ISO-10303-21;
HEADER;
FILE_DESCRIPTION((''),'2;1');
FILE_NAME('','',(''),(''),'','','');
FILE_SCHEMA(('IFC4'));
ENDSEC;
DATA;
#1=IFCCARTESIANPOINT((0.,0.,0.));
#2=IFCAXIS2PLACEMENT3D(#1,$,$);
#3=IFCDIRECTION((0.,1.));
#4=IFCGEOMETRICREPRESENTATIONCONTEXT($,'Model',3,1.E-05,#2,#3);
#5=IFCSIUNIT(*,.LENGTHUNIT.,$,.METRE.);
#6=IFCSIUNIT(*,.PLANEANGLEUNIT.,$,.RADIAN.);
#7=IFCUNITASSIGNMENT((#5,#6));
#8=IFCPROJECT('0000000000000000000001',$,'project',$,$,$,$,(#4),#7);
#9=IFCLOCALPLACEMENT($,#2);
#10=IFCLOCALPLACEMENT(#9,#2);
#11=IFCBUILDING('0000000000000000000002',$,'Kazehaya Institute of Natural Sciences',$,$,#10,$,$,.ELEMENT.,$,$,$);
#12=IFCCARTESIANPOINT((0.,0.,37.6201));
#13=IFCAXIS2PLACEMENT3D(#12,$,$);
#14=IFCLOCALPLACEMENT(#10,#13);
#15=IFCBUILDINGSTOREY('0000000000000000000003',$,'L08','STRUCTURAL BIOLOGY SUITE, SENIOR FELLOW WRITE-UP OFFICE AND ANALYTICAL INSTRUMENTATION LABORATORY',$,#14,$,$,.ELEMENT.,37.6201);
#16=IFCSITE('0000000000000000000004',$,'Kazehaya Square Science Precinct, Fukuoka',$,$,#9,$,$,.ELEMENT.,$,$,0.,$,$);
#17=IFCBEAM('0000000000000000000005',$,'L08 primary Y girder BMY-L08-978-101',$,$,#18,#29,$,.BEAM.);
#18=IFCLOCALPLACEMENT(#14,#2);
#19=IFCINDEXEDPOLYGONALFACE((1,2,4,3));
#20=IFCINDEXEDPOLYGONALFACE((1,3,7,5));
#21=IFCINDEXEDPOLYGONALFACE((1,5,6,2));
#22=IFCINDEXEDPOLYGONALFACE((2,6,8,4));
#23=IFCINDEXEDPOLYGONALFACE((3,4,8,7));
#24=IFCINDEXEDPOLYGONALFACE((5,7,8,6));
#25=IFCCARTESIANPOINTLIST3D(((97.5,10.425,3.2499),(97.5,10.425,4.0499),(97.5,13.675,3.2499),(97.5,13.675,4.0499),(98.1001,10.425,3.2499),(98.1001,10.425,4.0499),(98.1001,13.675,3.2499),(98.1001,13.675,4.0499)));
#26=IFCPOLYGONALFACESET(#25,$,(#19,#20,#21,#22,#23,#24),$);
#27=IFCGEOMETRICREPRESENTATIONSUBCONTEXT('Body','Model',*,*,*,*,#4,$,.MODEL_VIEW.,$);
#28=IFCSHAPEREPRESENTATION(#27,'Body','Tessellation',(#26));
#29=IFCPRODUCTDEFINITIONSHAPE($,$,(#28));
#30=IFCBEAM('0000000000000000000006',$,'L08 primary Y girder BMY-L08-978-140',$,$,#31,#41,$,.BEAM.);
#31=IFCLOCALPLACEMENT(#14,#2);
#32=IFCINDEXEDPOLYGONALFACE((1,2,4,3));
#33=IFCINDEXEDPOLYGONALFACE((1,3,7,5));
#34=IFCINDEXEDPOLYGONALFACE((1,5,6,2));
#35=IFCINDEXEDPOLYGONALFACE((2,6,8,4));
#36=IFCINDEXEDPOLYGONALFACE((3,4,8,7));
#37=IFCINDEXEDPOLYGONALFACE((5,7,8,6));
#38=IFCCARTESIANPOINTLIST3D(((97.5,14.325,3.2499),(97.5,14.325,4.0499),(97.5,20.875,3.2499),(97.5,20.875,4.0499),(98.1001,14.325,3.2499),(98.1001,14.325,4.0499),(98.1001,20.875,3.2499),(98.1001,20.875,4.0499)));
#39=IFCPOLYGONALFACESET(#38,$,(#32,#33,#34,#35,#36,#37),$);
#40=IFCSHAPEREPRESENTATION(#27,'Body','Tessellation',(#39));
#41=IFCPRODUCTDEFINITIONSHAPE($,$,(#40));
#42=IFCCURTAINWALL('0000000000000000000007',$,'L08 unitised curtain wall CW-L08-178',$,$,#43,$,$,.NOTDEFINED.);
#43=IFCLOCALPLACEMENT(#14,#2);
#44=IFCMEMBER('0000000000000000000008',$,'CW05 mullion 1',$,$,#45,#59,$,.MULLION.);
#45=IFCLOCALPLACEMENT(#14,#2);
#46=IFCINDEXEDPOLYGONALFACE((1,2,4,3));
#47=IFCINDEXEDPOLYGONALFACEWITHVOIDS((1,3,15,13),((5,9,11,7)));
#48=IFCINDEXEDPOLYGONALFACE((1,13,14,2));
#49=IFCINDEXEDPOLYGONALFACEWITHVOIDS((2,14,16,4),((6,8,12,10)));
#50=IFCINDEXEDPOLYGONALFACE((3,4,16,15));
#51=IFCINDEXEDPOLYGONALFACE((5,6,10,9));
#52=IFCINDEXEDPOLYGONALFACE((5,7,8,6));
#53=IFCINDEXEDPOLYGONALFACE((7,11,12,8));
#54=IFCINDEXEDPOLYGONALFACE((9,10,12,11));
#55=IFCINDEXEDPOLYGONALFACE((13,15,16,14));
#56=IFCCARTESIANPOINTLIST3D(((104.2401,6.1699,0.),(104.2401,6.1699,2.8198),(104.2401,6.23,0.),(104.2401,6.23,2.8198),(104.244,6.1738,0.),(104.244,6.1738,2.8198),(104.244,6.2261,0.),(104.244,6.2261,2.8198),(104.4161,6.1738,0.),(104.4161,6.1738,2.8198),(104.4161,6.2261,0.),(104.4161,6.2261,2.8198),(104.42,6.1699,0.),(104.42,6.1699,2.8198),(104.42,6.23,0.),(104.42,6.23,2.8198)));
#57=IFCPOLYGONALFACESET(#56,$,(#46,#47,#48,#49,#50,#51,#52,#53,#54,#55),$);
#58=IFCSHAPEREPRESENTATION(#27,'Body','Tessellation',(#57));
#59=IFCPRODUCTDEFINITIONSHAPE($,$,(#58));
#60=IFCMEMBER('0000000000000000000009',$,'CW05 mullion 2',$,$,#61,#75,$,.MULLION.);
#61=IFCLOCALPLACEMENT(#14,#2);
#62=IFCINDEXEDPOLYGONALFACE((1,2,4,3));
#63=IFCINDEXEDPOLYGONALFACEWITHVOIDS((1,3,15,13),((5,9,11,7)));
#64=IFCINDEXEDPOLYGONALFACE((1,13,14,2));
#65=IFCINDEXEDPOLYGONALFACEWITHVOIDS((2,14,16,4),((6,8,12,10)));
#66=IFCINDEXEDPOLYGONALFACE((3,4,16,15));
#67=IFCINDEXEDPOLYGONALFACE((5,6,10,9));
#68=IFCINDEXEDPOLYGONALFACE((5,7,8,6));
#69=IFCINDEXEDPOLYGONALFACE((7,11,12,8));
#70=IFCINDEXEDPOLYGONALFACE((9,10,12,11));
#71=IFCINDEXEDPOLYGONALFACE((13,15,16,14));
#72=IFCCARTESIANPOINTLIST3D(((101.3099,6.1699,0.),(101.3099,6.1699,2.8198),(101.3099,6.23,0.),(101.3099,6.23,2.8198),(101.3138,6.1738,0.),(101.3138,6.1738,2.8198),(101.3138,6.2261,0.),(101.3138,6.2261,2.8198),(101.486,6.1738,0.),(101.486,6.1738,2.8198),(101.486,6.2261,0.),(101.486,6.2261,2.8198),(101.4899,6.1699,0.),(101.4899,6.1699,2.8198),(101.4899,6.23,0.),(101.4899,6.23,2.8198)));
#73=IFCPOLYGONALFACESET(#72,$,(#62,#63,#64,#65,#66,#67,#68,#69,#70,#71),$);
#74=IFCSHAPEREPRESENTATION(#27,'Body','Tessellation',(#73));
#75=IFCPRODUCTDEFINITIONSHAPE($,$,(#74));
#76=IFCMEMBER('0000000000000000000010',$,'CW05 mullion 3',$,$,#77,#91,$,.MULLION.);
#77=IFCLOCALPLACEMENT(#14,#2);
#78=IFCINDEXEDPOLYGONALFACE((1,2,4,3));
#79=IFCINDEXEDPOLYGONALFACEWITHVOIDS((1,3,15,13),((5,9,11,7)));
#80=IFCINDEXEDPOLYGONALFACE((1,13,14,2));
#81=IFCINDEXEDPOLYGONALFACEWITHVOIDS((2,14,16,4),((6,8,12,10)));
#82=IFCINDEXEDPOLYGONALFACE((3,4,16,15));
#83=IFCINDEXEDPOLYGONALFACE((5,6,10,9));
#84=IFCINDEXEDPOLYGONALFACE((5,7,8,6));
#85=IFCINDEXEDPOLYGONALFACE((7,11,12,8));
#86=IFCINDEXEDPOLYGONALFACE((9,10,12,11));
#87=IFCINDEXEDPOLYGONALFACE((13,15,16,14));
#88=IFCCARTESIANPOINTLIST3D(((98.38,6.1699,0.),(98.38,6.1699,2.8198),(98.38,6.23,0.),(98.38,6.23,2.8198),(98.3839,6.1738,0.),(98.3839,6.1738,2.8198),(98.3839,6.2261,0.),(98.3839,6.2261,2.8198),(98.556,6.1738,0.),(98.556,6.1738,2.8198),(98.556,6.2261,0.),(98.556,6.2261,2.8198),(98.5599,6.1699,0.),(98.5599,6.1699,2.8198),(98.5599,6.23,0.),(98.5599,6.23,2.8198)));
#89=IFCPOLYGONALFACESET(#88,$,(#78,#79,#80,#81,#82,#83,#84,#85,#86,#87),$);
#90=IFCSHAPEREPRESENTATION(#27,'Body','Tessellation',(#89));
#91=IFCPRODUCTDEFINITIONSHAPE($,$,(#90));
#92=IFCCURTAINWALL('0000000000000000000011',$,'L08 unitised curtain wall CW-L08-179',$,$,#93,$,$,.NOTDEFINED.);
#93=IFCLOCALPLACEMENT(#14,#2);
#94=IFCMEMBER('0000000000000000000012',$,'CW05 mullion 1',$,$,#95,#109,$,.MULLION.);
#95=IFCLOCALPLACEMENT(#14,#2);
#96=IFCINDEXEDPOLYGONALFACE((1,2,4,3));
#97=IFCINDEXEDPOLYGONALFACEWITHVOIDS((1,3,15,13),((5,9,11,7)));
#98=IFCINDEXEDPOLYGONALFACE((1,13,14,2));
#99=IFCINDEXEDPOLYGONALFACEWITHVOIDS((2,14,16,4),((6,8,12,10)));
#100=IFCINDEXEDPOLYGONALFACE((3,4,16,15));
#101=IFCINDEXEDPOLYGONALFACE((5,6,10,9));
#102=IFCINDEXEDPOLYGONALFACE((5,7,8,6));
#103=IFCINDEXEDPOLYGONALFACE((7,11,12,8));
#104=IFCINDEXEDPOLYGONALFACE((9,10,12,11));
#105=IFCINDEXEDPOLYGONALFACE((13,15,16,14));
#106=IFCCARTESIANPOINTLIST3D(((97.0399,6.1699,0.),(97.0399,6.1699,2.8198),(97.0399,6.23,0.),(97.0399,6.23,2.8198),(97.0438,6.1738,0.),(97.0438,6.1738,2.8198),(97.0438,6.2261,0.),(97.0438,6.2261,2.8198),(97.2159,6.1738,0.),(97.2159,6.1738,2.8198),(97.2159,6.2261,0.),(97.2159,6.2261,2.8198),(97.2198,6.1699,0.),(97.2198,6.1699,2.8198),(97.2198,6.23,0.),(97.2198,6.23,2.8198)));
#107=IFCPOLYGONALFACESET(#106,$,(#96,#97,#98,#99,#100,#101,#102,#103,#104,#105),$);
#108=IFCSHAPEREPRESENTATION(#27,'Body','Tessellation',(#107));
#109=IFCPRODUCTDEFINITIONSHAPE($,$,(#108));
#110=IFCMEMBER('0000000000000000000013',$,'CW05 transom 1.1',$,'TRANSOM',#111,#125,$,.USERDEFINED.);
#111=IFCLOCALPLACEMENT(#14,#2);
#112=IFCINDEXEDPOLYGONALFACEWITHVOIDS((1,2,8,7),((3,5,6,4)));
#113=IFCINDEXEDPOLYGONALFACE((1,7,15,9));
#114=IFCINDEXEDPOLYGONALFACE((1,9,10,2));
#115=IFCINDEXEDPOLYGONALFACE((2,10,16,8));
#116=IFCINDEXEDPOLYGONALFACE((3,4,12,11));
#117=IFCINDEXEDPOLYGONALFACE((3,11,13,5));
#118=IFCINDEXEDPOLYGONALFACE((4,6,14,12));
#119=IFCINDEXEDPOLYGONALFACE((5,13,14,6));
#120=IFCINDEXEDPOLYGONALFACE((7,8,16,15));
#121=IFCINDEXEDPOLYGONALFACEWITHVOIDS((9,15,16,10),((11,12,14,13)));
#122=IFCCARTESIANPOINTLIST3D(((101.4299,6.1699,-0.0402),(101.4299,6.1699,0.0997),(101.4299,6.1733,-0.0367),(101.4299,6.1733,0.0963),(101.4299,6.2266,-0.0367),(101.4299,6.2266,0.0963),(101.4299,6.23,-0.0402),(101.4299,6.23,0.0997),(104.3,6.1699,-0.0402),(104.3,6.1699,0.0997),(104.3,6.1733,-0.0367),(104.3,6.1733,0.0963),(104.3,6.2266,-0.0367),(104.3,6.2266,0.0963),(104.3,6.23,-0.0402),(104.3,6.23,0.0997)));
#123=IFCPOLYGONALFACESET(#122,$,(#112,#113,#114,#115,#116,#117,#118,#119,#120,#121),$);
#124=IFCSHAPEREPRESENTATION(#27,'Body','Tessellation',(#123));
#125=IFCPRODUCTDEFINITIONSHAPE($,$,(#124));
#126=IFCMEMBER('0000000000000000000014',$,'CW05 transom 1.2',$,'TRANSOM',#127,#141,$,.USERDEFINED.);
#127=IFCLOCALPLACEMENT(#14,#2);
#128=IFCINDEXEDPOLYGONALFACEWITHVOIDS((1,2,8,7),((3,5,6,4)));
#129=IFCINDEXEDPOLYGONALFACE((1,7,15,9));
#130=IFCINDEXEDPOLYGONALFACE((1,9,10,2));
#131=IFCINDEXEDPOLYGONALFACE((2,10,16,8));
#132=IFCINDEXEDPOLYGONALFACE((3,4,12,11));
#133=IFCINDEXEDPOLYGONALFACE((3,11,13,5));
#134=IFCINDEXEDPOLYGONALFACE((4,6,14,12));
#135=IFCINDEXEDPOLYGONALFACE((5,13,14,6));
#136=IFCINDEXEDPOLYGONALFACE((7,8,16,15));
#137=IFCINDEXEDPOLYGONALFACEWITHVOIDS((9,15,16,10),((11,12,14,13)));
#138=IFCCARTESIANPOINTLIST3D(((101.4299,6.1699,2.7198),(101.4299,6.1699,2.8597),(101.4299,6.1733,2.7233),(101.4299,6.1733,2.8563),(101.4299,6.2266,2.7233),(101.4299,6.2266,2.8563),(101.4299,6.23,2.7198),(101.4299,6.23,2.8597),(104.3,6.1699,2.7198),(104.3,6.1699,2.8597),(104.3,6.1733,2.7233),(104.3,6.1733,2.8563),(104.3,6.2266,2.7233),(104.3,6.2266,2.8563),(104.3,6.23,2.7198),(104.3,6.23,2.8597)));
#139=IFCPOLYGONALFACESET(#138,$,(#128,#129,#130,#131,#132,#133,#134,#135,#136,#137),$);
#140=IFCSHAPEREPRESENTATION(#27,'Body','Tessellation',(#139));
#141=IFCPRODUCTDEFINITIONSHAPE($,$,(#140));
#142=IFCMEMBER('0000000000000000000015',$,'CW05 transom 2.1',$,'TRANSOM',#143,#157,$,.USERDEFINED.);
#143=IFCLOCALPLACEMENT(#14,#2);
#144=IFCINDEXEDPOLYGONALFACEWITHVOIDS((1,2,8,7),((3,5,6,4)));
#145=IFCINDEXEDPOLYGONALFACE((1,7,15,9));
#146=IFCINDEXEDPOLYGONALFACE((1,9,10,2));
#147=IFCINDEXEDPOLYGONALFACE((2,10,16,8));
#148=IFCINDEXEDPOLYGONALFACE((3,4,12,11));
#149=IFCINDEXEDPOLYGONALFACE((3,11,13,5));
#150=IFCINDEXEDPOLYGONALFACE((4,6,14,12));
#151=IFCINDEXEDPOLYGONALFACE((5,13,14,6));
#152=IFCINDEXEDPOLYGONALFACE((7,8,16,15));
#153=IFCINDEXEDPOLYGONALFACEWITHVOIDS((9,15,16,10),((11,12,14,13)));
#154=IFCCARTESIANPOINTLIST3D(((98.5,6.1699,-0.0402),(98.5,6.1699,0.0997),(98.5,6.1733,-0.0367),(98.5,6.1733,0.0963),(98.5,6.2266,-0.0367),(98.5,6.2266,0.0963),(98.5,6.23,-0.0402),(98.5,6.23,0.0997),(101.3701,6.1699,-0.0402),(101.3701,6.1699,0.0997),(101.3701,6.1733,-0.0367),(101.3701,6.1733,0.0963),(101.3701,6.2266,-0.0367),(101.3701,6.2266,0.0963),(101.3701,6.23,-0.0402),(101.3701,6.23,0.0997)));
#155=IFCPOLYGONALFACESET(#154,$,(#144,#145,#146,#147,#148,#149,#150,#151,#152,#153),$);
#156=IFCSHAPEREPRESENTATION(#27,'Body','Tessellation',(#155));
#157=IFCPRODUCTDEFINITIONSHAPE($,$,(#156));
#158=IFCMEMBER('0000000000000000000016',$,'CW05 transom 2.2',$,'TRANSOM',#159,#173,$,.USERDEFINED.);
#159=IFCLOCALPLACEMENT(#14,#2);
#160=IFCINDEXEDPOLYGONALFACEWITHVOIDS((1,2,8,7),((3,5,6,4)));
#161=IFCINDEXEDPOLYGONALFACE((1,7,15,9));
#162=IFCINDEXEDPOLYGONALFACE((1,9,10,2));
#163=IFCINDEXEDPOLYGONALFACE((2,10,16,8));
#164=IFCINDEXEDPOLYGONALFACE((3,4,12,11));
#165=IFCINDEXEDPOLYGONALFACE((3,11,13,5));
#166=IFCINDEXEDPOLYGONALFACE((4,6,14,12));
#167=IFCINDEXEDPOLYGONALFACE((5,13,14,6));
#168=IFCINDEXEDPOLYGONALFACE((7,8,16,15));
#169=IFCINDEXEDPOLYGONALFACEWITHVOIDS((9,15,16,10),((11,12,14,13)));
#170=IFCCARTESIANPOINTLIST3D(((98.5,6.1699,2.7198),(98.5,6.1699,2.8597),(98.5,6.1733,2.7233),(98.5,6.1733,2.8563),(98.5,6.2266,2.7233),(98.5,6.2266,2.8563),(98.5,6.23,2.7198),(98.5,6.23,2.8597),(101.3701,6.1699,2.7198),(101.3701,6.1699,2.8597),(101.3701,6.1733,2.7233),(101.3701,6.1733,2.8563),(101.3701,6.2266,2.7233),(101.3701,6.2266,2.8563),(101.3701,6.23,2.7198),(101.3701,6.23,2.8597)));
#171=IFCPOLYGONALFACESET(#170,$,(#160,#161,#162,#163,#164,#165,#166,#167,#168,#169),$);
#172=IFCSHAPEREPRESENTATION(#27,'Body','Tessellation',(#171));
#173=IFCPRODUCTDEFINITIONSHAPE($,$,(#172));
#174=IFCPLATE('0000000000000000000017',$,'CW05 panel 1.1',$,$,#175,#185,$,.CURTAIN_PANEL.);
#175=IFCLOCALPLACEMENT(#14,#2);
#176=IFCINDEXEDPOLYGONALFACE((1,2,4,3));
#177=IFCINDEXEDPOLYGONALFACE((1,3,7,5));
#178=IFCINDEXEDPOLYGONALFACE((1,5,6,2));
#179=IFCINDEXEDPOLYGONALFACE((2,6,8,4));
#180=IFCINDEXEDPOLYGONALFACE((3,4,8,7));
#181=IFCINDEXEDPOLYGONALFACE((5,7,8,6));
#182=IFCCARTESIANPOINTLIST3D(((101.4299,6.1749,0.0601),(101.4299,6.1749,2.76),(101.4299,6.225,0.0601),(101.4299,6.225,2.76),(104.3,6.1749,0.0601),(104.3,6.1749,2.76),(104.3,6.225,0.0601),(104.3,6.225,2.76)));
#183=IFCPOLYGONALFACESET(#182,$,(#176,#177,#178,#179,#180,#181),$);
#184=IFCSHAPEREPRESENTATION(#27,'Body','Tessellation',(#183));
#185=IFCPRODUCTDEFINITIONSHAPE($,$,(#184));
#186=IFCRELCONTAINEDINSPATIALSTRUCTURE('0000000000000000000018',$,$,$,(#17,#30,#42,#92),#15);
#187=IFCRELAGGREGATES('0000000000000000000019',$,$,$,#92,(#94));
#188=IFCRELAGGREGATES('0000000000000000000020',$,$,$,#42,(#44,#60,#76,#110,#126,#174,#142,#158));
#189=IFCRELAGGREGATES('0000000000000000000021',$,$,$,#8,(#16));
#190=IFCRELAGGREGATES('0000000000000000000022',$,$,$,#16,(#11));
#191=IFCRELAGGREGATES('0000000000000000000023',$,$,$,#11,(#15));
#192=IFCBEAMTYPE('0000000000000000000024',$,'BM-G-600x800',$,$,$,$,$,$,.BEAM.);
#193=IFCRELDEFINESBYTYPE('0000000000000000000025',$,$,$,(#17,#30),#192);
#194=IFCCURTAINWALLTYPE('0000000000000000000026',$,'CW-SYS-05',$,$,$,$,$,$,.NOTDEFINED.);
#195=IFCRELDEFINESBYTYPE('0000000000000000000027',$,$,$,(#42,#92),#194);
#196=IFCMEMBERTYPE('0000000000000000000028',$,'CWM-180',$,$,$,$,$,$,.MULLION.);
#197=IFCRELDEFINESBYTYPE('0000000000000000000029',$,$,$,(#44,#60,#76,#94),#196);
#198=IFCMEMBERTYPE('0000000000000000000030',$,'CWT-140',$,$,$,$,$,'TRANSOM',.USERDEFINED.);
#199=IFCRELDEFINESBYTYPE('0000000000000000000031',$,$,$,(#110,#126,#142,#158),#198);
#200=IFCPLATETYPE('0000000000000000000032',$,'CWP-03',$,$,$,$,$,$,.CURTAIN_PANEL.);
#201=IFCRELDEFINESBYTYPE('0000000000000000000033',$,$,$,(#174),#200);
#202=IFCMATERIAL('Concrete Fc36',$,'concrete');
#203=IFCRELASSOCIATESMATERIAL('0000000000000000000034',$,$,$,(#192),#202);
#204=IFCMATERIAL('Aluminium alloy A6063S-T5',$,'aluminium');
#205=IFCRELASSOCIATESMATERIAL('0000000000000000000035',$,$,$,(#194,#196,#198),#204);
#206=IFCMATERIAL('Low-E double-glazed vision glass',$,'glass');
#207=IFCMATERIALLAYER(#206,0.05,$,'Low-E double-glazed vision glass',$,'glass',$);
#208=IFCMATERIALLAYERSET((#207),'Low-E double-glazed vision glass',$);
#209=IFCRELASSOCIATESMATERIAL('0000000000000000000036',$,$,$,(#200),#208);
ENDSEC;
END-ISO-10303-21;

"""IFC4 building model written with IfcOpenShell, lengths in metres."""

from ifc_helpers import new_model, si_unit, direction, frame, origin, origin_2d, place, context, subcontext, project, spatial, rectangle, hollow_rectangle, extrude, material, layer, layer_set, material_profile, profile_set, type_object, element, aggregate, save


model = new_model("IFC4")

# Units and contexts
model_context = context("Model", 3, precision=1e-05, world=origin(), true_north=direction((0.0, 1.0)))
body_context = subcontext(model_context, "Body", "Model", "MODEL_VIEW")
ifc_project = project(units=[si_unit("LENGTHUNIT", "METRE"), si_unit("PLANEANGLEUNIT", "RADIAN")], contexts=[model_context])

# Site, building, storey
site_placement = place(None, origin())
site = spatial("IfcSite", under=ifc_project, at=site_placement, Name="Kazehaya Square Science Precinct, Fukuoka", CompositionType="ELEMENT", RefElevation=0.0)
building_placement = place(site_placement, origin())
building = spatial("IfcBuilding", under=site, at=building_placement, Name="Kazehaya Institute of Natural Sciences", CompositionType="ELEMENT")
storey_placement = place(building_placement, frame((0.0, 0.0, 37.6201)))
storey = spatial("IfcBuildingStorey", under=building, at=storey_placement, Name="L08", Description="STRUCTURAL BIOLOGY SUITE, SENIOR FELLOW WRITE-UP OFFICE AND ANALYTICAL INSTRUMENTATION LABORATORY", CompositionType="ELEMENT", Elevation=37.6201)

# Shared definitions
ifc_material_1 = material(Name="Concrete Fc36", Category="concrete")

# Beams
ifc_material_profile_1 = material_profile(ifc_material_1, rectangle(XDim=0.6001, YDim=0.8, at=origin_2d()), Name="RC-600x800")
ifc_profile_set_1 = profile_set([ifc_material_profile_1], Name="Concrete Fc36")
beam_type = type_object("IfcBeamType", Name="BM-G-600x800", PredefinedType="BEAM", material=ifc_profile_set_1)
beam_1_placement = place(storey_placement, frame((97.8, 10.425, 3.6499), z_axis=(0.0, 1.0, 0.0), x_axis=(-1.0, 0.0, 0.0)))
element("IfcBeam", 1, at=beam_1_placement, inside=storey, type_object=beam_type, Name="L08 primary Y girder BMY-L08-978-101", PredefinedType="BEAM", context=body_context, shape_type="SweptSolid", body=[
    extrude(rectangle(XDim=0.6001, YDim=0.8, at=origin_2d()), origin(), (0.0, 0.0, 1.0), 3.25),
])
beam_2_placement = place(storey_placement, frame((97.8, 14.325, 3.6499), z_axis=(0.0, 1.0, 0.0), x_axis=(-1.0, 0.0, 0.0)))
element("IfcBeam", 2, at=beam_2_placement, inside=storey, type_object=beam_type, Name="L08 primary Y girder BMY-L08-978-140", PredefinedType="BEAM", context=body_context, shape_type="SweptSolid", body=[
    extrude(rectangle(XDim=0.6001, YDim=0.8, at=origin_2d()), origin(), (0.0, 0.0, 1.0), 6.55),
])

# Curtain wall, members
ifc_material_2 = material(Name="Aluminium alloy A6063S-T5", Category="aluminium")
curtain_wall_type = type_object("IfcCurtainWallType", Name="CW-SYS-05", PredefinedType="NOTDEFINED", material=ifc_material_2)
curtain_wall_1_placement = place(storey_placement, origin())
curtain_wall_1 = element("IfcCurtainWall", 3, at=curtain_wall_1_placement, inside=storey, type_object=curtain_wall_type, Name="L08 unitised curtain wall CW-L08-178", PredefinedType="NOTDEFINED")
ifc_material_profile_2 = material_profile(ifc_material_2, hollow_rectangle(XDim=0.0601, YDim=0.1799, WallThickness=0.0039, at=origin_2d()), Name="ALU-60x180x4")
ifc_profile_set_2 = profile_set([ifc_material_profile_2], Name="Aluminium alloy A6063S-T5")
member_type_1 = type_object("IfcMemberType", Name="CWM-180", PredefinedType="MULLION", material=ifc_profile_set_2)
member_1_placement = place(storey_placement, frame((104.3301, 6.2, 0.0), z_axis=(0.0, 0.0, 1.0), x_axis=(0.0, -1.0, 0.0)))
member_1 = element("IfcMember", 4, at=member_1_placement, type_object=member_type_1, Name="CW05 mullion 1", PredefinedType="MULLION", context=body_context, shape_type="SweptSolid", body=[
    extrude(hollow_rectangle(XDim=0.0601, YDim=0.1799, WallThickness=0.0039, at=origin_2d()), origin(), (0.0, 0.0, 1.0), 2.8198),
])
member_2_placement = place(storey_placement, frame((101.3999, 6.2, 0.0), z_axis=(0.0, 0.0, 1.0), x_axis=(0.0, -1.0, 0.0)))
member_2 = element("IfcMember", 5, at=member_2_placement, type_object=member_type_1, Name="CW05 mullion 2", PredefinedType="MULLION", context=body_context, shape_type="SweptSolid", body=[
    extrude(hollow_rectangle(XDim=0.0601, YDim=0.1799, WallThickness=0.0039, at=origin_2d()), origin(), (0.0, 0.0, 1.0), 2.8198),
])
member_3_placement = place(storey_placement, frame((98.47, 6.2, 0.0), z_axis=(0.0, 0.0, 1.0), x_axis=(0.0, -1.0, 0.0)))
member_3 = element("IfcMember", 6, at=member_3_placement, type_object=member_type_1, Name="CW05 mullion 3", PredefinedType="MULLION", context=body_context, shape_type="SweptSolid", body=[
    extrude(hollow_rectangle(XDim=0.0601, YDim=0.1799, WallThickness=0.0039, at=origin_2d()), origin(), (0.0, 0.0, 1.0), 2.8198),
])

# Curtain wall, member
curtain_wall_2_placement = place(storey_placement, origin())
curtain_wall_2 = element("IfcCurtainWall", 7, at=curtain_wall_2_placement, inside=storey, type_object=curtain_wall_type, Name="L08 unitised curtain wall CW-L08-179", PredefinedType="NOTDEFINED")
member_4_placement = place(storey_placement, frame((97.1299, 6.2, 0.0), z_axis=(0.0, 0.0, 1.0), x_axis=(0.0, -1.0, 0.0)))
member_4 = element("IfcMember", 8, at=member_4_placement, type_object=member_type_1, Name="CW05 mullion 1", PredefinedType="MULLION", context=body_context, shape_type="SweptSolid", body=[
    extrude(hollow_rectangle(XDim=0.0601, YDim=0.1799, WallThickness=0.0039, at=origin_2d()), origin(), (0.0, 0.0, 1.0), 2.8198),
])
aggregate(curtain_wall_2, [member_4])

# Members
ifc_material_profile_3 = material_profile(ifc_material_2, hollow_rectangle(XDim=0.0601, YDim=0.1399, WallThickness=0.0034, at=origin_2d()), Name="ALU-60x140x3.5")
ifc_profile_set_3 = profile_set([ifc_material_profile_3], Name="Aluminium alloy A6063S-T5")
member_type_2 = type_object("IfcMemberType", Name="CWT-140", ElementType="TRANSOM", PredefinedType="USERDEFINED", material=ifc_profile_set_3)
member_5_placement = place(storey_placement, frame((104.3, 6.2, 0.0298), z_axis=(-1.0, 0.0, 0.0), x_axis=(0.0, -1.0, 0.0)))
member_5 = element("IfcMember", 9, at=member_5_placement, type_object=member_type_2, Name="CW05 transom 1.1", ObjectType="TRANSOM", PredefinedType="USERDEFINED", context=body_context, shape_type="SweptSolid", body=[
    extrude(hollow_rectangle(XDim=0.0601, YDim=0.1399, WallThickness=0.0034, at=origin_2d()), origin(), (0.0, 0.0, 1.0), 2.8701),
])
member_6_placement = place(storey_placement, frame((104.3, 6.2, 2.7898), z_axis=(-1.0, 0.0, 0.0), x_axis=(0.0, -1.0, 0.0)))
member_6 = element("IfcMember", 10, at=member_6_placement, type_object=member_type_2, Name="CW05 transom 1.2", ObjectType="TRANSOM", PredefinedType="USERDEFINED", context=body_context, shape_type="SweptSolid", body=[
    extrude(hollow_rectangle(XDim=0.0601, YDim=0.1399, WallThickness=0.0034, at=origin_2d()), origin(), (0.0, 0.0, 1.0), 2.8701),
])
member_7_placement = place(storey_placement, frame((101.3701, 6.2, 0.0298), z_axis=(-1.0, 0.0, 0.0), x_axis=(0.0, -1.0, 0.0)))
member_7 = element("IfcMember", 11, at=member_7_placement, type_object=member_type_2, Name="CW05 transom 2.1", ObjectType="TRANSOM", PredefinedType="USERDEFINED", context=body_context, shape_type="SweptSolid", body=[
    extrude(hollow_rectangle(XDim=0.0601, YDim=0.1399, WallThickness=0.0034, at=origin_2d()), origin(), (0.0, 0.0, 1.0), 2.8701),
])
member_8_placement = place(storey_placement, frame((101.3701, 6.2, 2.7898), z_axis=(-1.0, 0.0, 0.0), x_axis=(0.0, -1.0, 0.0)))
member_8 = element("IfcMember", 12, at=member_8_placement, type_object=member_type_2, Name="CW05 transom 2.2", ObjectType="TRANSOM", PredefinedType="USERDEFINED", context=body_context, shape_type="SweptSolid", body=[
    extrude(hollow_rectangle(XDim=0.0601, YDim=0.1399, WallThickness=0.0034, at=origin_2d()), origin(), (0.0, 0.0, 1.0), 2.8701),
])

# Plate
ifc_material_3 = material(Name="Low-E double-glazed vision glass", Category="glass")
ifc_layer_1 = layer(ifc_material_3, 0.05, Name="Low-E double-glazed vision glass", Category="glass")
ifc_layer_set_1 = layer_set([ifc_layer_1], Name="Low-E double-glazed vision glass")
plate_type = type_object("IfcPlateType", Name="CWP-03", PredefinedType="CURTAIN_PANEL", material=ifc_layer_set_1)
plate_1_placement = place(storey_placement, frame((102.865, 6.2, 0.0601), z_axis=(0.0, 0.0, 1.0), x_axis=(-1.0, 0.0, 0.0)))
plate_1 = element("IfcPlate", 13, at=plate_1_placement, type_object=plate_type, Name="CW05 panel 1.1", PredefinedType="CURTAIN_PANEL", context=body_context, shape_type="SweptSolid", body=[
    extrude(rectangle(XDim=2.8701, YDim=0.05, at=origin_2d()), origin(), (0.0, 0.0, 1.0), 2.7),
])
aggregate(curtain_wall_1, [member_1, member_2, member_3, member_5, member_6, plate_1, member_7, member_8])

save(model, "model.ifc")
